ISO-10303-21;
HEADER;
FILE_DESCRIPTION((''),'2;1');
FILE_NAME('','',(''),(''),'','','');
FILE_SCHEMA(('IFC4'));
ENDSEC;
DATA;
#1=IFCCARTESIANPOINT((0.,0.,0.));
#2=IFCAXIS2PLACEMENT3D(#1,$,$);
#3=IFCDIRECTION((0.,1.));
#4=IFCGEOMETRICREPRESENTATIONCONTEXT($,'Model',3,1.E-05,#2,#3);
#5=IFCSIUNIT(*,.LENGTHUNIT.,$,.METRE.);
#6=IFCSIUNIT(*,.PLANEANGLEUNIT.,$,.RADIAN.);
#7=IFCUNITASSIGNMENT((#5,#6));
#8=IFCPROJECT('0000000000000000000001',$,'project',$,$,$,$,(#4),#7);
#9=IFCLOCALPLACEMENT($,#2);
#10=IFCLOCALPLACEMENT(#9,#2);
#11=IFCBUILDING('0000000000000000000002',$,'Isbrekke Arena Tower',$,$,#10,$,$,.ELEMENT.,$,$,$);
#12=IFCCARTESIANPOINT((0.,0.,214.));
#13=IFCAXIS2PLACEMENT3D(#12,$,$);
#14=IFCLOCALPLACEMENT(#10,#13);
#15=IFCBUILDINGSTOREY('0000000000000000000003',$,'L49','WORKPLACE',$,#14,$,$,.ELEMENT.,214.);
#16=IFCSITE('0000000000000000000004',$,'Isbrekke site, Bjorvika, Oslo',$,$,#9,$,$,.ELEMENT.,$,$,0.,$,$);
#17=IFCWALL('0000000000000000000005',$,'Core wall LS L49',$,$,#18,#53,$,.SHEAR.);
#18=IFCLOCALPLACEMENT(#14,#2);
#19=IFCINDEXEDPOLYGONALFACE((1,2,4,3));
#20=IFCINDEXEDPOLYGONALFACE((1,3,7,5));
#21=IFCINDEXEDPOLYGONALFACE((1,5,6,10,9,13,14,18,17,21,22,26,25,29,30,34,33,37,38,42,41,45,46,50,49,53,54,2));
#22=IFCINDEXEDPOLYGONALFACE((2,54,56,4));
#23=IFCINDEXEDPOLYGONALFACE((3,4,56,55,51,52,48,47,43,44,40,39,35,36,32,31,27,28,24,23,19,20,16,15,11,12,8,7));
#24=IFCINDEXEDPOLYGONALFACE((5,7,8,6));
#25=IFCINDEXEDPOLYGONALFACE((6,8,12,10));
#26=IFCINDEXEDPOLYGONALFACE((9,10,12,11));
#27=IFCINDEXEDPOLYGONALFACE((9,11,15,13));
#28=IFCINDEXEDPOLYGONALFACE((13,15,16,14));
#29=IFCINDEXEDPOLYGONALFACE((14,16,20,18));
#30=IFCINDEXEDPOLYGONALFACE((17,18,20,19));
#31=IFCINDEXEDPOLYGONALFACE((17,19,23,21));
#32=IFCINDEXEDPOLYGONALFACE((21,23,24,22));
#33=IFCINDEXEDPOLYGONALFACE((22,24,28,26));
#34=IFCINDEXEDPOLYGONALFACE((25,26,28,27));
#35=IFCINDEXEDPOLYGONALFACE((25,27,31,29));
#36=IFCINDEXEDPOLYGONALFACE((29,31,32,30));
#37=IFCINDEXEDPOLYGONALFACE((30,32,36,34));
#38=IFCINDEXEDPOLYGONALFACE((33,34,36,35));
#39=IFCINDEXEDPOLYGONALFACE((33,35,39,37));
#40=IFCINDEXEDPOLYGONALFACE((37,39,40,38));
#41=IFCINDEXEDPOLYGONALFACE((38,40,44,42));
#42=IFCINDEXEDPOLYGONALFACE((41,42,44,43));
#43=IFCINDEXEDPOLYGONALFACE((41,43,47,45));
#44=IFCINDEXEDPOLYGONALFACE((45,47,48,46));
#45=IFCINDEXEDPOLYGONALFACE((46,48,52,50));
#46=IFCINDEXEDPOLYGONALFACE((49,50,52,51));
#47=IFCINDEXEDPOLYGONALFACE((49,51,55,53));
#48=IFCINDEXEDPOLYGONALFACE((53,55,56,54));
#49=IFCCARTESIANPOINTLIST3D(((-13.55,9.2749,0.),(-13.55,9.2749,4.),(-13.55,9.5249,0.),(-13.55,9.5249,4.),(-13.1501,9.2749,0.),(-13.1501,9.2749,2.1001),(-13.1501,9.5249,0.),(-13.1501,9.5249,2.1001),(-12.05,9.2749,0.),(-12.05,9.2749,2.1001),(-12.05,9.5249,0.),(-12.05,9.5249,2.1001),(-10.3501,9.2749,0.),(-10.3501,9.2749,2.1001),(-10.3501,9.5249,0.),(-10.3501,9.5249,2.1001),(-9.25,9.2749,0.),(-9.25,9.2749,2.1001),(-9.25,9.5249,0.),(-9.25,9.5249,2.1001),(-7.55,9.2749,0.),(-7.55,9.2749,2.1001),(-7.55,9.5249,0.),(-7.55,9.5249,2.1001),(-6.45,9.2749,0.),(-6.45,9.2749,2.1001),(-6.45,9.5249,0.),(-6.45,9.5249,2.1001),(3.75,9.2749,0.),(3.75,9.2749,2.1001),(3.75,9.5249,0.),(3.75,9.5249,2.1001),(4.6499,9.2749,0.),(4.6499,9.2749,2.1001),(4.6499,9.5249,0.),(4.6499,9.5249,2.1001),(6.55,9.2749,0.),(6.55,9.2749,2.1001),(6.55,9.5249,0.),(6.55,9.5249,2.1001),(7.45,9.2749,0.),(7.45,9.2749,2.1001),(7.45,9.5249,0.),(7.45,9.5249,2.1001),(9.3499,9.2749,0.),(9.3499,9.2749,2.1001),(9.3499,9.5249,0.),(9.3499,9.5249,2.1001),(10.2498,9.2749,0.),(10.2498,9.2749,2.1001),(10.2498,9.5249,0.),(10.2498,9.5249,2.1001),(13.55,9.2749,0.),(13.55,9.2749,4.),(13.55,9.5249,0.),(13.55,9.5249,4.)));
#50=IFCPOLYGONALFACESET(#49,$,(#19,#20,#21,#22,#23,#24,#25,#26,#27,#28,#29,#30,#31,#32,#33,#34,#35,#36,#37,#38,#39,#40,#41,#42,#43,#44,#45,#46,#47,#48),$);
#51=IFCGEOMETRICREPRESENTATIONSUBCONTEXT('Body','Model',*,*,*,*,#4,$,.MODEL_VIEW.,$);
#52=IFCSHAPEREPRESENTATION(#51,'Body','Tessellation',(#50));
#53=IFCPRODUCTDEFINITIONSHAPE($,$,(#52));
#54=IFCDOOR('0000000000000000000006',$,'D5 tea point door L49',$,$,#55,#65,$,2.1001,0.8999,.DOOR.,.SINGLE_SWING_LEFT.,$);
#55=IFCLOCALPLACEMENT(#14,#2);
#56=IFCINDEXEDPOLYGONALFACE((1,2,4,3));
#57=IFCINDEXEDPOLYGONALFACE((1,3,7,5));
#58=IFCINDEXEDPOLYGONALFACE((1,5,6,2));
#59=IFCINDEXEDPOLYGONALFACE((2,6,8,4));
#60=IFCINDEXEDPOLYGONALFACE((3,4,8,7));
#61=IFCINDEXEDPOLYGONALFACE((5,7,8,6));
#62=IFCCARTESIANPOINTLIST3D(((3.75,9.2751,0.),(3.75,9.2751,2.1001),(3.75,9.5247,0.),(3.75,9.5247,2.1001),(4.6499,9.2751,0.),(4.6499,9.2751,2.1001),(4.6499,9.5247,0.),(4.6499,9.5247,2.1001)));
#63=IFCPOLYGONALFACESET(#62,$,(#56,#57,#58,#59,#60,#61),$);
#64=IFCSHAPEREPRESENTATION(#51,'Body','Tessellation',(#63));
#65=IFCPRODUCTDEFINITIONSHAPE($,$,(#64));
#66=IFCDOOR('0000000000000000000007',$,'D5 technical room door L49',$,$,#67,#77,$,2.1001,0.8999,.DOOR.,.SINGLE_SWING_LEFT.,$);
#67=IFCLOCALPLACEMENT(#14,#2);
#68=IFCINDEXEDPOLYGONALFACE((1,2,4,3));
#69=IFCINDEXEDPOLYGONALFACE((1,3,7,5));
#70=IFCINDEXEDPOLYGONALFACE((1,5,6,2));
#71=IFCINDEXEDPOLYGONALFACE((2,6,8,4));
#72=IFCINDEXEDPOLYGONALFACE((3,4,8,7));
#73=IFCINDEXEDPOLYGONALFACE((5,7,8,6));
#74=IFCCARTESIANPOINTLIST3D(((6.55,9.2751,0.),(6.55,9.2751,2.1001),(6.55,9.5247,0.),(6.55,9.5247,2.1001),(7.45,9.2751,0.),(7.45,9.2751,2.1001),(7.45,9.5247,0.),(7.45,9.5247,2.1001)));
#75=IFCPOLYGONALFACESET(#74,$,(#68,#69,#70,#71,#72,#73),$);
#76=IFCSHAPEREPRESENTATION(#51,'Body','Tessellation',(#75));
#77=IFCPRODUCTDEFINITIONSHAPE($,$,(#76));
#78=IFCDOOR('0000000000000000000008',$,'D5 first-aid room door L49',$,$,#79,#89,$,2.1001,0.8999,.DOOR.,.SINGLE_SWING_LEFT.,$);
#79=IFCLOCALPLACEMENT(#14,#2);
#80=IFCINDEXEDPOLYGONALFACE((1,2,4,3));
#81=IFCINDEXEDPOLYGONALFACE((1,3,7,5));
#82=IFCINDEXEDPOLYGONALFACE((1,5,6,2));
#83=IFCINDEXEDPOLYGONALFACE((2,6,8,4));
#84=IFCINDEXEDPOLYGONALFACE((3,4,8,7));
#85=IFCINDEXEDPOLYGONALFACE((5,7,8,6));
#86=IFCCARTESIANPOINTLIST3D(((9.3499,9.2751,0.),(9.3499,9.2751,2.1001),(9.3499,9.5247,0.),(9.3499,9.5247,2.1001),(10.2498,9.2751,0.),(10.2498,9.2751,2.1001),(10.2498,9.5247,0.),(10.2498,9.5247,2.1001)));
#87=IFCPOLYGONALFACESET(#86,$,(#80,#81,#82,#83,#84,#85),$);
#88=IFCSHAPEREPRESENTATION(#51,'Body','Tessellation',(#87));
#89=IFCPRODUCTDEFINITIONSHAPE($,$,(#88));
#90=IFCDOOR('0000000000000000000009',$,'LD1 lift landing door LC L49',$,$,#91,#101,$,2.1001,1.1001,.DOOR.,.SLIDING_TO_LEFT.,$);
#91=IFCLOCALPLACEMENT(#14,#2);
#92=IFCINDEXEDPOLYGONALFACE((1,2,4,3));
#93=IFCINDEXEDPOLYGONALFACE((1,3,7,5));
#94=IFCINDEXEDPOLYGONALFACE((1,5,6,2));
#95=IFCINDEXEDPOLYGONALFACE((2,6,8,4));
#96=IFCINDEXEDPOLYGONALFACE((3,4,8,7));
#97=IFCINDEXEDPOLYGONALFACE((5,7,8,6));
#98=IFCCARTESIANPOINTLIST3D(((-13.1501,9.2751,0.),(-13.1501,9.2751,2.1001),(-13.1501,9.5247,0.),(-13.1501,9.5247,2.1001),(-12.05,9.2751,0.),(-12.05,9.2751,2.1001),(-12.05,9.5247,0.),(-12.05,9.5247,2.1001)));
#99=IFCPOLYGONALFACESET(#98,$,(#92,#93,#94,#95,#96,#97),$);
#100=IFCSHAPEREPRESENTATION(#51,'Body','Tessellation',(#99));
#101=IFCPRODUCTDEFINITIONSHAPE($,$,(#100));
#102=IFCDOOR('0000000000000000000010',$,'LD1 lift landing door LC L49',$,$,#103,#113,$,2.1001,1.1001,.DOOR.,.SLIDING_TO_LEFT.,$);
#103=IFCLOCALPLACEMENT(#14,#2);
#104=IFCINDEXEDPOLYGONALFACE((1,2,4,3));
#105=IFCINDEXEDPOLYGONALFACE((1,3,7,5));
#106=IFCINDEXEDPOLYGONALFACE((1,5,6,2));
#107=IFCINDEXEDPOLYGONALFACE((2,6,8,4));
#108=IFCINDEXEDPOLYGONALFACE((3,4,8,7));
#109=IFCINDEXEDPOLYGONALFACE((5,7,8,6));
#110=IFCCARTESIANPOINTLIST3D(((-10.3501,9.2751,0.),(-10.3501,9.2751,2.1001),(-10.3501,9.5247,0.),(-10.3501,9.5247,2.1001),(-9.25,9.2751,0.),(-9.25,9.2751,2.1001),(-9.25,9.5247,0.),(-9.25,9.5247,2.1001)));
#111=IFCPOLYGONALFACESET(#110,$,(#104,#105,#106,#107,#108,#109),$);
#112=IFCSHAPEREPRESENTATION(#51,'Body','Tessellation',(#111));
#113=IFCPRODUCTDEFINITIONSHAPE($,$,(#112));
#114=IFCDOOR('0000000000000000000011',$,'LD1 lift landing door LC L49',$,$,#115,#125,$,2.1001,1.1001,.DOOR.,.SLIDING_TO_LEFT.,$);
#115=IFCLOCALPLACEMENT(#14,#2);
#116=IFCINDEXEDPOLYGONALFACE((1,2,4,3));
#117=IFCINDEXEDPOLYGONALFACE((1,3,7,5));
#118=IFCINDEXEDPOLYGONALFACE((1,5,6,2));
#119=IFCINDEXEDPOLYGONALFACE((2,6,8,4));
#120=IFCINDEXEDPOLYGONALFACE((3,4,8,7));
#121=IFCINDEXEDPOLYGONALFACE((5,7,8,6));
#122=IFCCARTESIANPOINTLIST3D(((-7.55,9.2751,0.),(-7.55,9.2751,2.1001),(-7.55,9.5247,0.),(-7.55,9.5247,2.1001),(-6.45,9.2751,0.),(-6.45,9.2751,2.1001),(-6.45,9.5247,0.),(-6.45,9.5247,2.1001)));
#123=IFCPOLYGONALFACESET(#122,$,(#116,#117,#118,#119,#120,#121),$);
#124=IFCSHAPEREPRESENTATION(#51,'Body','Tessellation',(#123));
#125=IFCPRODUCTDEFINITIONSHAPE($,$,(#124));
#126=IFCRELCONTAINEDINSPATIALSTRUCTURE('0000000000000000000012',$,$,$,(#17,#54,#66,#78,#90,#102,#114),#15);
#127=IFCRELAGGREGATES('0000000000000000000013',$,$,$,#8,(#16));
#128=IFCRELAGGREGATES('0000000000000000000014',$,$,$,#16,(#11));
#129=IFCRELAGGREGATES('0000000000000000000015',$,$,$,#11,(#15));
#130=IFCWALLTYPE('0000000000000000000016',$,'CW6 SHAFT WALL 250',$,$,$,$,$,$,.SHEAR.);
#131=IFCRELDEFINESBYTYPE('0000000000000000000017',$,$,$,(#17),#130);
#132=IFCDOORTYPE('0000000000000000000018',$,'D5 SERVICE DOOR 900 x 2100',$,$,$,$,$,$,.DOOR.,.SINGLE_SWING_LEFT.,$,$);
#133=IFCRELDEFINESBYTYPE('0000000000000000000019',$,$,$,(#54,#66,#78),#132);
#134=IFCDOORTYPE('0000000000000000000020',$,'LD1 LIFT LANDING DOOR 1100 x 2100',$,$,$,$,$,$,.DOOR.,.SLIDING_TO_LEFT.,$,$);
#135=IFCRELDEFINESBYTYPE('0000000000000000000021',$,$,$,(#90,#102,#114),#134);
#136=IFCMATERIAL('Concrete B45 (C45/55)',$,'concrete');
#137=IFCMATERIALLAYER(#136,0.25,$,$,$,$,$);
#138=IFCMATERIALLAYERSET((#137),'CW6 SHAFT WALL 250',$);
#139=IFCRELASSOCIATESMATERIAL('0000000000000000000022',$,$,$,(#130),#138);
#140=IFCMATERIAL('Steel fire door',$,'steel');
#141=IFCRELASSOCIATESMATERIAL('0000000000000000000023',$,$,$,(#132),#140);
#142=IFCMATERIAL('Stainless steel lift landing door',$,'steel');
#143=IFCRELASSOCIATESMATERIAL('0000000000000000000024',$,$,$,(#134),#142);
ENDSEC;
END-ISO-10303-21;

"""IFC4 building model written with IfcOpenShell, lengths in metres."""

from ifc_helpers import new_model, si_unit, direction, frame, frame_2d, origin, place, context, subcontext, project, spatial, rectangle, extrude, material, layer, layer_set, type_object, element, fill, save


model = new_model("IFC4")

# Units and contexts
model_context = context("Model", 3, precision=1e-05, world=origin(), true_north=direction((0.0, 1.0)))
body_context = subcontext(model_context, "Body", "Model", "MODEL_VIEW")
ifc_project = project(units=[si_unit("LENGTHUNIT", "METRE"), si_unit("PLANEANGLEUNIT", "RADIAN")], contexts=[model_context])

# Site, building, storey
site_placement = place(None, origin())
site = spatial("IfcSite", under=ifc_project, at=site_placement, Name="Isbrekke site, Bjorvika, Oslo", CompositionType="ELEMENT", RefElevation=0.0)
building_placement = place(site_placement, origin())
building = spatial("IfcBuilding", under=site, at=building_placement, Name="Isbrekke Arena Tower", CompositionType="ELEMENT")
storey_placement = place(building_placement, frame((0.0, 0.0, 214.0)))
storey = spatial("IfcBuildingStorey", under=building, at=storey_placement, Name="L49", Description="WORKPLACE", CompositionType="ELEMENT", Elevation=214.0)

# Wall, openings, doors
ifc_material_1 = material(Name="Concrete B45 (C45/55)", Category="concrete")
ifc_layer_1 = layer(ifc_material_1, 0.25)
ifc_layer_set_1 = layer_set([ifc_layer_1], Name="CW6 SHAFT WALL 250")
wall_type_1 = type_object("IfcWallType", Name="CW6 SHAFT WALL 250", PredefinedType="SHEAR", material=ifc_layer_set_1)
wall_1_placement = place(storey_placement, frame((-13.55, 9.3999, 0.0), z_axis=(0.0, 0.0, 1.0), x_axis=(1.0, 0.0, 0.0)))
wall_1 = element("IfcWall", 1, at=wall_1_placement, inside=storey, type_object=wall_type_1, Name="Core wall LS L49", PredefinedType="SHEAR", context=body_context, shape_type="SweptSolid", body=[
    extrude(rectangle(XDim=27.1001, YDim=0.25, at=frame_2d((13.55, 0.0))), origin(), (0.0, 0.0, 1.0), 4.0),
])
opening_1_placement = place(wall_1_placement, frame((0.3999, 0.0, 0.0)))
opening_1 = element("IfcOpeningElement", 2, at=opening_1_placement, cuts=wall_1, PredefinedType="OPENING", context=body_context, shape_type="SweptSolid", body=[
    extrude(rectangle(XDim=1.1001, YDim=2.1001, at=frame_2d((0.55, 1.05))), frame((0.0, 0.1399, 0.0), z_axis=(0.0, -1.0, 0.0), x_axis=(1.0, 0.0, 0.0)), (0.0, 0.0, 1.0), 0.2798),
])
opening_2_placement = place(wall_1_placement, frame((3.2, 0.0, 0.0)))
opening_2 = element("IfcOpeningElement", 3, at=opening_2_placement, cuts=wall_1, PredefinedType="OPENING", context=body_context, shape_type="SweptSolid", body=[
    extrude(rectangle(XDim=1.1001, YDim=2.1001, at=frame_2d((0.55, 1.05))), frame((0.0, 0.1399, 0.0), z_axis=(0.0, -1.0, 0.0), x_axis=(1.0, 0.0, 0.0)), (0.0, 0.0, 1.0), 0.2798),
])
opening_3_placement = place(wall_1_placement, frame((6.0, 0.0, 0.0)))
opening_3 = element("IfcOpeningElement", 4, at=opening_3_placement, cuts=wall_1, PredefinedType="OPENING", context=body_context, shape_type="SweptSolid", body=[
    extrude(rectangle(XDim=1.1001, YDim=2.1001, at=frame_2d((0.55, 1.05))), frame((0.0, 0.1399, 0.0), z_axis=(0.0, -1.0, 0.0), x_axis=(1.0, 0.0, 0.0)), (0.0, 0.0, 1.0), 0.2798),
])
opening_4_placement = place(wall_1_placement, frame((17.3, 0.0, 0.0)))
opening_4 = element("IfcOpeningElement", 5, at=opening_4_placement, cuts=wall_1, PredefinedType="OPENING", context=body_context, shape_type="SweptSolid", body=[
    extrude(rectangle(XDim=0.8999, YDim=2.1001, at=frame_2d((0.45, 1.05))), frame((0.0, 0.1399, 0.0), z_axis=(0.0, -1.0, 0.0), x_axis=(1.0, 0.0, 0.0)), (0.0, 0.0, 1.0), 0.2798),
])
opening_5_placement = place(wall_1_placement, frame((20.1001, 0.0, 0.0)))
opening_5 = element("IfcOpeningElement", 6, at=opening_5_placement, cuts=wall_1, PredefinedType="OPENING", context=body_context, shape_type="SweptSolid", body=[
    extrude(rectangle(XDim=0.8999, YDim=2.1001, at=frame_2d((0.45, 1.05))), frame((0.0, 0.1399, 0.0), z_axis=(0.0, -1.0, 0.0), x_axis=(1.0, 0.0, 0.0)), (0.0, 0.0, 1.0), 0.2798),
])
opening_6_placement = place(wall_1_placement, frame((22.8999, 0.0, 0.0)))
opening_6 = element("IfcOpeningElement", 7, at=opening_6_placement, cuts=wall_1, PredefinedType="OPENING", context=body_context, shape_type="SweptSolid", body=[
    extrude(rectangle(XDim=0.8999, YDim=2.1001, at=frame_2d((0.45, 1.05))), frame((0.0, 0.1399, 0.0), z_axis=(0.0, -1.0, 0.0), x_axis=(1.0, 0.0, 0.0)), (0.0, 0.0, 1.0), 0.2798),
])
ifc_material_2 = material(Name="Steel fire door", Category="steel")
door_type_1 = type_object("IfcDoorType", Name="D5 SERVICE DOOR 900 x 2100", OperationType="SINGLE_SWING_LEFT", PredefinedType="DOOR", material=ifc_material_2)
door_1_placement = place(opening_4_placement, origin())
door_1 = element("IfcDoor", 8, at=door_1_placement, inside=storey, type_object=door_type_1, Name="D5 tea point door L49", OperationType="SINGLE_SWING_LEFT", OverallHeight=2.1001, OverallWidth=0.8999, PredefinedType="DOOR", context=body_context, shape_type="SweptSolid", body=[
    extrude(rectangle(XDim=0.8999, YDim=2.1001, at=frame_2d((0.45, 1.05))), frame((0.0, 0.1248, 0.0), z_axis=(0.0, -1.0, 0.0), x_axis=(1.0, 0.0, 0.0)), (0.0, 0.0, 1.0), 0.2495),
])
fill(opening_4, door_1)
door_2_placement = place(opening_5_placement, origin())
door_2 = element("IfcDoor", 9, at=door_2_placement, inside=storey, type_object=door_type_1, Name="D5 technical room door L49", OperationType="SINGLE_SWING_LEFT", OverallHeight=2.1001, OverallWidth=0.8999, PredefinedType="DOOR", context=body_context, shape_type="SweptSolid", body=[
    extrude(rectangle(XDim=0.8999, YDim=2.1001, at=frame_2d((0.45, 1.05))), frame((0.0, 0.1248, 0.0), z_axis=(0.0, -1.0, 0.0), x_axis=(1.0, 0.0, 0.0)), (0.0, 0.0, 1.0), 0.2495),
])
fill(opening_5, door_2)
door_3_placement = place(opening_6_placement, origin())
door_3 = element("IfcDoor", 10, at=door_3_placement, inside=storey, type_object=door_type_1, Name="D5 first-aid room door L49", OperationType="SINGLE_SWING_LEFT", OverallHeight=2.1001, OverallWidth=0.8999, PredefinedType="DOOR", context=body_context, shape_type="SweptSolid", body=[
    extrude(rectangle(XDim=0.8999, YDim=2.1001, at=frame_2d((0.45, 1.05))), frame((0.0, 0.1248, 0.0), z_axis=(0.0, -1.0, 0.0), x_axis=(1.0, 0.0, 0.0)), (0.0, 0.0, 1.0), 0.2495),
])
fill(opening_6, door_3)
ifc_material_3 = material(Name="Stainless steel lift landing door", Category="steel")
door_type_2 = type_object("IfcDoorType", Name="LD1 LIFT LANDING DOOR 1100 x 2100", OperationType="SLIDING_TO_LEFT", PredefinedType="DOOR", material=ifc_material_3)
door_4_placement = place(opening_1_placement, origin())
door_4 = element("IfcDoor", 11, at=door_4_placement, inside=storey, type_object=door_type_2, Name="LD1 lift landing door LC L49", OperationType="SLIDING_TO_LEFT", OverallHeight=2.1001, OverallWidth=1.1001, PredefinedType="DOOR", context=body_context, shape_type="SweptSolid", body=[
    extrude(rectangle(XDim=1.1001, YDim=2.1001, at=frame_2d((0.55, 1.05))), frame((0.0, 0.1248, 0.0), z_axis=(0.0, -1.0, 0.0), x_axis=(1.0, 0.0, 0.0)), (0.0, 0.0, 1.0), 0.2495),
])
fill(opening_1, door_4)
door_5_placement = place(opening_2_placement, origin())
door_5 = element("IfcDoor", 12, at=door_5_placement, inside=storey, type_object=door_type_2, Name="LD1 lift landing door LC L49", OperationType="SLIDING_TO_LEFT", OverallHeight=2.1001, OverallWidth=1.1001, PredefinedType="DOOR", context=body_context, shape_type="SweptSolid", body=[
    extrude(rectangle(XDim=1.1001, YDim=2.1001, at=frame_2d((0.55, 1.05))), frame((0.0, 0.1248, 0.0), z_axis=(0.0, -1.0, 0.0), x_axis=(1.0, 0.0, 0.0)), (0.0, 0.0, 1.0), 0.2495),
])
fill(opening_2, door_5)
door_6_placement = place(opening_3_placement, origin())
door_6 = element("IfcDoor", 13, at=door_6_placement, inside=storey, type_object=door_type_2, Name="LD1 lift landing door LC L49", OperationType="SLIDING_TO_LEFT", OverallHeight=2.1001, OverallWidth=1.1001, PredefinedType="DOOR", context=body_context, shape_type="SweptSolid", body=[
    extrude(rectangle(XDim=1.1001, YDim=2.1001, at=frame_2d((0.55, 1.05))), frame((0.0, 0.1248, 0.0), z_axis=(0.0, -1.0, 0.0), x_axis=(1.0, 0.0, 0.0)), (0.0, 0.0, 1.0), 0.2495),
])
fill(opening_3, door_6)

save(model, "model.ifc")
